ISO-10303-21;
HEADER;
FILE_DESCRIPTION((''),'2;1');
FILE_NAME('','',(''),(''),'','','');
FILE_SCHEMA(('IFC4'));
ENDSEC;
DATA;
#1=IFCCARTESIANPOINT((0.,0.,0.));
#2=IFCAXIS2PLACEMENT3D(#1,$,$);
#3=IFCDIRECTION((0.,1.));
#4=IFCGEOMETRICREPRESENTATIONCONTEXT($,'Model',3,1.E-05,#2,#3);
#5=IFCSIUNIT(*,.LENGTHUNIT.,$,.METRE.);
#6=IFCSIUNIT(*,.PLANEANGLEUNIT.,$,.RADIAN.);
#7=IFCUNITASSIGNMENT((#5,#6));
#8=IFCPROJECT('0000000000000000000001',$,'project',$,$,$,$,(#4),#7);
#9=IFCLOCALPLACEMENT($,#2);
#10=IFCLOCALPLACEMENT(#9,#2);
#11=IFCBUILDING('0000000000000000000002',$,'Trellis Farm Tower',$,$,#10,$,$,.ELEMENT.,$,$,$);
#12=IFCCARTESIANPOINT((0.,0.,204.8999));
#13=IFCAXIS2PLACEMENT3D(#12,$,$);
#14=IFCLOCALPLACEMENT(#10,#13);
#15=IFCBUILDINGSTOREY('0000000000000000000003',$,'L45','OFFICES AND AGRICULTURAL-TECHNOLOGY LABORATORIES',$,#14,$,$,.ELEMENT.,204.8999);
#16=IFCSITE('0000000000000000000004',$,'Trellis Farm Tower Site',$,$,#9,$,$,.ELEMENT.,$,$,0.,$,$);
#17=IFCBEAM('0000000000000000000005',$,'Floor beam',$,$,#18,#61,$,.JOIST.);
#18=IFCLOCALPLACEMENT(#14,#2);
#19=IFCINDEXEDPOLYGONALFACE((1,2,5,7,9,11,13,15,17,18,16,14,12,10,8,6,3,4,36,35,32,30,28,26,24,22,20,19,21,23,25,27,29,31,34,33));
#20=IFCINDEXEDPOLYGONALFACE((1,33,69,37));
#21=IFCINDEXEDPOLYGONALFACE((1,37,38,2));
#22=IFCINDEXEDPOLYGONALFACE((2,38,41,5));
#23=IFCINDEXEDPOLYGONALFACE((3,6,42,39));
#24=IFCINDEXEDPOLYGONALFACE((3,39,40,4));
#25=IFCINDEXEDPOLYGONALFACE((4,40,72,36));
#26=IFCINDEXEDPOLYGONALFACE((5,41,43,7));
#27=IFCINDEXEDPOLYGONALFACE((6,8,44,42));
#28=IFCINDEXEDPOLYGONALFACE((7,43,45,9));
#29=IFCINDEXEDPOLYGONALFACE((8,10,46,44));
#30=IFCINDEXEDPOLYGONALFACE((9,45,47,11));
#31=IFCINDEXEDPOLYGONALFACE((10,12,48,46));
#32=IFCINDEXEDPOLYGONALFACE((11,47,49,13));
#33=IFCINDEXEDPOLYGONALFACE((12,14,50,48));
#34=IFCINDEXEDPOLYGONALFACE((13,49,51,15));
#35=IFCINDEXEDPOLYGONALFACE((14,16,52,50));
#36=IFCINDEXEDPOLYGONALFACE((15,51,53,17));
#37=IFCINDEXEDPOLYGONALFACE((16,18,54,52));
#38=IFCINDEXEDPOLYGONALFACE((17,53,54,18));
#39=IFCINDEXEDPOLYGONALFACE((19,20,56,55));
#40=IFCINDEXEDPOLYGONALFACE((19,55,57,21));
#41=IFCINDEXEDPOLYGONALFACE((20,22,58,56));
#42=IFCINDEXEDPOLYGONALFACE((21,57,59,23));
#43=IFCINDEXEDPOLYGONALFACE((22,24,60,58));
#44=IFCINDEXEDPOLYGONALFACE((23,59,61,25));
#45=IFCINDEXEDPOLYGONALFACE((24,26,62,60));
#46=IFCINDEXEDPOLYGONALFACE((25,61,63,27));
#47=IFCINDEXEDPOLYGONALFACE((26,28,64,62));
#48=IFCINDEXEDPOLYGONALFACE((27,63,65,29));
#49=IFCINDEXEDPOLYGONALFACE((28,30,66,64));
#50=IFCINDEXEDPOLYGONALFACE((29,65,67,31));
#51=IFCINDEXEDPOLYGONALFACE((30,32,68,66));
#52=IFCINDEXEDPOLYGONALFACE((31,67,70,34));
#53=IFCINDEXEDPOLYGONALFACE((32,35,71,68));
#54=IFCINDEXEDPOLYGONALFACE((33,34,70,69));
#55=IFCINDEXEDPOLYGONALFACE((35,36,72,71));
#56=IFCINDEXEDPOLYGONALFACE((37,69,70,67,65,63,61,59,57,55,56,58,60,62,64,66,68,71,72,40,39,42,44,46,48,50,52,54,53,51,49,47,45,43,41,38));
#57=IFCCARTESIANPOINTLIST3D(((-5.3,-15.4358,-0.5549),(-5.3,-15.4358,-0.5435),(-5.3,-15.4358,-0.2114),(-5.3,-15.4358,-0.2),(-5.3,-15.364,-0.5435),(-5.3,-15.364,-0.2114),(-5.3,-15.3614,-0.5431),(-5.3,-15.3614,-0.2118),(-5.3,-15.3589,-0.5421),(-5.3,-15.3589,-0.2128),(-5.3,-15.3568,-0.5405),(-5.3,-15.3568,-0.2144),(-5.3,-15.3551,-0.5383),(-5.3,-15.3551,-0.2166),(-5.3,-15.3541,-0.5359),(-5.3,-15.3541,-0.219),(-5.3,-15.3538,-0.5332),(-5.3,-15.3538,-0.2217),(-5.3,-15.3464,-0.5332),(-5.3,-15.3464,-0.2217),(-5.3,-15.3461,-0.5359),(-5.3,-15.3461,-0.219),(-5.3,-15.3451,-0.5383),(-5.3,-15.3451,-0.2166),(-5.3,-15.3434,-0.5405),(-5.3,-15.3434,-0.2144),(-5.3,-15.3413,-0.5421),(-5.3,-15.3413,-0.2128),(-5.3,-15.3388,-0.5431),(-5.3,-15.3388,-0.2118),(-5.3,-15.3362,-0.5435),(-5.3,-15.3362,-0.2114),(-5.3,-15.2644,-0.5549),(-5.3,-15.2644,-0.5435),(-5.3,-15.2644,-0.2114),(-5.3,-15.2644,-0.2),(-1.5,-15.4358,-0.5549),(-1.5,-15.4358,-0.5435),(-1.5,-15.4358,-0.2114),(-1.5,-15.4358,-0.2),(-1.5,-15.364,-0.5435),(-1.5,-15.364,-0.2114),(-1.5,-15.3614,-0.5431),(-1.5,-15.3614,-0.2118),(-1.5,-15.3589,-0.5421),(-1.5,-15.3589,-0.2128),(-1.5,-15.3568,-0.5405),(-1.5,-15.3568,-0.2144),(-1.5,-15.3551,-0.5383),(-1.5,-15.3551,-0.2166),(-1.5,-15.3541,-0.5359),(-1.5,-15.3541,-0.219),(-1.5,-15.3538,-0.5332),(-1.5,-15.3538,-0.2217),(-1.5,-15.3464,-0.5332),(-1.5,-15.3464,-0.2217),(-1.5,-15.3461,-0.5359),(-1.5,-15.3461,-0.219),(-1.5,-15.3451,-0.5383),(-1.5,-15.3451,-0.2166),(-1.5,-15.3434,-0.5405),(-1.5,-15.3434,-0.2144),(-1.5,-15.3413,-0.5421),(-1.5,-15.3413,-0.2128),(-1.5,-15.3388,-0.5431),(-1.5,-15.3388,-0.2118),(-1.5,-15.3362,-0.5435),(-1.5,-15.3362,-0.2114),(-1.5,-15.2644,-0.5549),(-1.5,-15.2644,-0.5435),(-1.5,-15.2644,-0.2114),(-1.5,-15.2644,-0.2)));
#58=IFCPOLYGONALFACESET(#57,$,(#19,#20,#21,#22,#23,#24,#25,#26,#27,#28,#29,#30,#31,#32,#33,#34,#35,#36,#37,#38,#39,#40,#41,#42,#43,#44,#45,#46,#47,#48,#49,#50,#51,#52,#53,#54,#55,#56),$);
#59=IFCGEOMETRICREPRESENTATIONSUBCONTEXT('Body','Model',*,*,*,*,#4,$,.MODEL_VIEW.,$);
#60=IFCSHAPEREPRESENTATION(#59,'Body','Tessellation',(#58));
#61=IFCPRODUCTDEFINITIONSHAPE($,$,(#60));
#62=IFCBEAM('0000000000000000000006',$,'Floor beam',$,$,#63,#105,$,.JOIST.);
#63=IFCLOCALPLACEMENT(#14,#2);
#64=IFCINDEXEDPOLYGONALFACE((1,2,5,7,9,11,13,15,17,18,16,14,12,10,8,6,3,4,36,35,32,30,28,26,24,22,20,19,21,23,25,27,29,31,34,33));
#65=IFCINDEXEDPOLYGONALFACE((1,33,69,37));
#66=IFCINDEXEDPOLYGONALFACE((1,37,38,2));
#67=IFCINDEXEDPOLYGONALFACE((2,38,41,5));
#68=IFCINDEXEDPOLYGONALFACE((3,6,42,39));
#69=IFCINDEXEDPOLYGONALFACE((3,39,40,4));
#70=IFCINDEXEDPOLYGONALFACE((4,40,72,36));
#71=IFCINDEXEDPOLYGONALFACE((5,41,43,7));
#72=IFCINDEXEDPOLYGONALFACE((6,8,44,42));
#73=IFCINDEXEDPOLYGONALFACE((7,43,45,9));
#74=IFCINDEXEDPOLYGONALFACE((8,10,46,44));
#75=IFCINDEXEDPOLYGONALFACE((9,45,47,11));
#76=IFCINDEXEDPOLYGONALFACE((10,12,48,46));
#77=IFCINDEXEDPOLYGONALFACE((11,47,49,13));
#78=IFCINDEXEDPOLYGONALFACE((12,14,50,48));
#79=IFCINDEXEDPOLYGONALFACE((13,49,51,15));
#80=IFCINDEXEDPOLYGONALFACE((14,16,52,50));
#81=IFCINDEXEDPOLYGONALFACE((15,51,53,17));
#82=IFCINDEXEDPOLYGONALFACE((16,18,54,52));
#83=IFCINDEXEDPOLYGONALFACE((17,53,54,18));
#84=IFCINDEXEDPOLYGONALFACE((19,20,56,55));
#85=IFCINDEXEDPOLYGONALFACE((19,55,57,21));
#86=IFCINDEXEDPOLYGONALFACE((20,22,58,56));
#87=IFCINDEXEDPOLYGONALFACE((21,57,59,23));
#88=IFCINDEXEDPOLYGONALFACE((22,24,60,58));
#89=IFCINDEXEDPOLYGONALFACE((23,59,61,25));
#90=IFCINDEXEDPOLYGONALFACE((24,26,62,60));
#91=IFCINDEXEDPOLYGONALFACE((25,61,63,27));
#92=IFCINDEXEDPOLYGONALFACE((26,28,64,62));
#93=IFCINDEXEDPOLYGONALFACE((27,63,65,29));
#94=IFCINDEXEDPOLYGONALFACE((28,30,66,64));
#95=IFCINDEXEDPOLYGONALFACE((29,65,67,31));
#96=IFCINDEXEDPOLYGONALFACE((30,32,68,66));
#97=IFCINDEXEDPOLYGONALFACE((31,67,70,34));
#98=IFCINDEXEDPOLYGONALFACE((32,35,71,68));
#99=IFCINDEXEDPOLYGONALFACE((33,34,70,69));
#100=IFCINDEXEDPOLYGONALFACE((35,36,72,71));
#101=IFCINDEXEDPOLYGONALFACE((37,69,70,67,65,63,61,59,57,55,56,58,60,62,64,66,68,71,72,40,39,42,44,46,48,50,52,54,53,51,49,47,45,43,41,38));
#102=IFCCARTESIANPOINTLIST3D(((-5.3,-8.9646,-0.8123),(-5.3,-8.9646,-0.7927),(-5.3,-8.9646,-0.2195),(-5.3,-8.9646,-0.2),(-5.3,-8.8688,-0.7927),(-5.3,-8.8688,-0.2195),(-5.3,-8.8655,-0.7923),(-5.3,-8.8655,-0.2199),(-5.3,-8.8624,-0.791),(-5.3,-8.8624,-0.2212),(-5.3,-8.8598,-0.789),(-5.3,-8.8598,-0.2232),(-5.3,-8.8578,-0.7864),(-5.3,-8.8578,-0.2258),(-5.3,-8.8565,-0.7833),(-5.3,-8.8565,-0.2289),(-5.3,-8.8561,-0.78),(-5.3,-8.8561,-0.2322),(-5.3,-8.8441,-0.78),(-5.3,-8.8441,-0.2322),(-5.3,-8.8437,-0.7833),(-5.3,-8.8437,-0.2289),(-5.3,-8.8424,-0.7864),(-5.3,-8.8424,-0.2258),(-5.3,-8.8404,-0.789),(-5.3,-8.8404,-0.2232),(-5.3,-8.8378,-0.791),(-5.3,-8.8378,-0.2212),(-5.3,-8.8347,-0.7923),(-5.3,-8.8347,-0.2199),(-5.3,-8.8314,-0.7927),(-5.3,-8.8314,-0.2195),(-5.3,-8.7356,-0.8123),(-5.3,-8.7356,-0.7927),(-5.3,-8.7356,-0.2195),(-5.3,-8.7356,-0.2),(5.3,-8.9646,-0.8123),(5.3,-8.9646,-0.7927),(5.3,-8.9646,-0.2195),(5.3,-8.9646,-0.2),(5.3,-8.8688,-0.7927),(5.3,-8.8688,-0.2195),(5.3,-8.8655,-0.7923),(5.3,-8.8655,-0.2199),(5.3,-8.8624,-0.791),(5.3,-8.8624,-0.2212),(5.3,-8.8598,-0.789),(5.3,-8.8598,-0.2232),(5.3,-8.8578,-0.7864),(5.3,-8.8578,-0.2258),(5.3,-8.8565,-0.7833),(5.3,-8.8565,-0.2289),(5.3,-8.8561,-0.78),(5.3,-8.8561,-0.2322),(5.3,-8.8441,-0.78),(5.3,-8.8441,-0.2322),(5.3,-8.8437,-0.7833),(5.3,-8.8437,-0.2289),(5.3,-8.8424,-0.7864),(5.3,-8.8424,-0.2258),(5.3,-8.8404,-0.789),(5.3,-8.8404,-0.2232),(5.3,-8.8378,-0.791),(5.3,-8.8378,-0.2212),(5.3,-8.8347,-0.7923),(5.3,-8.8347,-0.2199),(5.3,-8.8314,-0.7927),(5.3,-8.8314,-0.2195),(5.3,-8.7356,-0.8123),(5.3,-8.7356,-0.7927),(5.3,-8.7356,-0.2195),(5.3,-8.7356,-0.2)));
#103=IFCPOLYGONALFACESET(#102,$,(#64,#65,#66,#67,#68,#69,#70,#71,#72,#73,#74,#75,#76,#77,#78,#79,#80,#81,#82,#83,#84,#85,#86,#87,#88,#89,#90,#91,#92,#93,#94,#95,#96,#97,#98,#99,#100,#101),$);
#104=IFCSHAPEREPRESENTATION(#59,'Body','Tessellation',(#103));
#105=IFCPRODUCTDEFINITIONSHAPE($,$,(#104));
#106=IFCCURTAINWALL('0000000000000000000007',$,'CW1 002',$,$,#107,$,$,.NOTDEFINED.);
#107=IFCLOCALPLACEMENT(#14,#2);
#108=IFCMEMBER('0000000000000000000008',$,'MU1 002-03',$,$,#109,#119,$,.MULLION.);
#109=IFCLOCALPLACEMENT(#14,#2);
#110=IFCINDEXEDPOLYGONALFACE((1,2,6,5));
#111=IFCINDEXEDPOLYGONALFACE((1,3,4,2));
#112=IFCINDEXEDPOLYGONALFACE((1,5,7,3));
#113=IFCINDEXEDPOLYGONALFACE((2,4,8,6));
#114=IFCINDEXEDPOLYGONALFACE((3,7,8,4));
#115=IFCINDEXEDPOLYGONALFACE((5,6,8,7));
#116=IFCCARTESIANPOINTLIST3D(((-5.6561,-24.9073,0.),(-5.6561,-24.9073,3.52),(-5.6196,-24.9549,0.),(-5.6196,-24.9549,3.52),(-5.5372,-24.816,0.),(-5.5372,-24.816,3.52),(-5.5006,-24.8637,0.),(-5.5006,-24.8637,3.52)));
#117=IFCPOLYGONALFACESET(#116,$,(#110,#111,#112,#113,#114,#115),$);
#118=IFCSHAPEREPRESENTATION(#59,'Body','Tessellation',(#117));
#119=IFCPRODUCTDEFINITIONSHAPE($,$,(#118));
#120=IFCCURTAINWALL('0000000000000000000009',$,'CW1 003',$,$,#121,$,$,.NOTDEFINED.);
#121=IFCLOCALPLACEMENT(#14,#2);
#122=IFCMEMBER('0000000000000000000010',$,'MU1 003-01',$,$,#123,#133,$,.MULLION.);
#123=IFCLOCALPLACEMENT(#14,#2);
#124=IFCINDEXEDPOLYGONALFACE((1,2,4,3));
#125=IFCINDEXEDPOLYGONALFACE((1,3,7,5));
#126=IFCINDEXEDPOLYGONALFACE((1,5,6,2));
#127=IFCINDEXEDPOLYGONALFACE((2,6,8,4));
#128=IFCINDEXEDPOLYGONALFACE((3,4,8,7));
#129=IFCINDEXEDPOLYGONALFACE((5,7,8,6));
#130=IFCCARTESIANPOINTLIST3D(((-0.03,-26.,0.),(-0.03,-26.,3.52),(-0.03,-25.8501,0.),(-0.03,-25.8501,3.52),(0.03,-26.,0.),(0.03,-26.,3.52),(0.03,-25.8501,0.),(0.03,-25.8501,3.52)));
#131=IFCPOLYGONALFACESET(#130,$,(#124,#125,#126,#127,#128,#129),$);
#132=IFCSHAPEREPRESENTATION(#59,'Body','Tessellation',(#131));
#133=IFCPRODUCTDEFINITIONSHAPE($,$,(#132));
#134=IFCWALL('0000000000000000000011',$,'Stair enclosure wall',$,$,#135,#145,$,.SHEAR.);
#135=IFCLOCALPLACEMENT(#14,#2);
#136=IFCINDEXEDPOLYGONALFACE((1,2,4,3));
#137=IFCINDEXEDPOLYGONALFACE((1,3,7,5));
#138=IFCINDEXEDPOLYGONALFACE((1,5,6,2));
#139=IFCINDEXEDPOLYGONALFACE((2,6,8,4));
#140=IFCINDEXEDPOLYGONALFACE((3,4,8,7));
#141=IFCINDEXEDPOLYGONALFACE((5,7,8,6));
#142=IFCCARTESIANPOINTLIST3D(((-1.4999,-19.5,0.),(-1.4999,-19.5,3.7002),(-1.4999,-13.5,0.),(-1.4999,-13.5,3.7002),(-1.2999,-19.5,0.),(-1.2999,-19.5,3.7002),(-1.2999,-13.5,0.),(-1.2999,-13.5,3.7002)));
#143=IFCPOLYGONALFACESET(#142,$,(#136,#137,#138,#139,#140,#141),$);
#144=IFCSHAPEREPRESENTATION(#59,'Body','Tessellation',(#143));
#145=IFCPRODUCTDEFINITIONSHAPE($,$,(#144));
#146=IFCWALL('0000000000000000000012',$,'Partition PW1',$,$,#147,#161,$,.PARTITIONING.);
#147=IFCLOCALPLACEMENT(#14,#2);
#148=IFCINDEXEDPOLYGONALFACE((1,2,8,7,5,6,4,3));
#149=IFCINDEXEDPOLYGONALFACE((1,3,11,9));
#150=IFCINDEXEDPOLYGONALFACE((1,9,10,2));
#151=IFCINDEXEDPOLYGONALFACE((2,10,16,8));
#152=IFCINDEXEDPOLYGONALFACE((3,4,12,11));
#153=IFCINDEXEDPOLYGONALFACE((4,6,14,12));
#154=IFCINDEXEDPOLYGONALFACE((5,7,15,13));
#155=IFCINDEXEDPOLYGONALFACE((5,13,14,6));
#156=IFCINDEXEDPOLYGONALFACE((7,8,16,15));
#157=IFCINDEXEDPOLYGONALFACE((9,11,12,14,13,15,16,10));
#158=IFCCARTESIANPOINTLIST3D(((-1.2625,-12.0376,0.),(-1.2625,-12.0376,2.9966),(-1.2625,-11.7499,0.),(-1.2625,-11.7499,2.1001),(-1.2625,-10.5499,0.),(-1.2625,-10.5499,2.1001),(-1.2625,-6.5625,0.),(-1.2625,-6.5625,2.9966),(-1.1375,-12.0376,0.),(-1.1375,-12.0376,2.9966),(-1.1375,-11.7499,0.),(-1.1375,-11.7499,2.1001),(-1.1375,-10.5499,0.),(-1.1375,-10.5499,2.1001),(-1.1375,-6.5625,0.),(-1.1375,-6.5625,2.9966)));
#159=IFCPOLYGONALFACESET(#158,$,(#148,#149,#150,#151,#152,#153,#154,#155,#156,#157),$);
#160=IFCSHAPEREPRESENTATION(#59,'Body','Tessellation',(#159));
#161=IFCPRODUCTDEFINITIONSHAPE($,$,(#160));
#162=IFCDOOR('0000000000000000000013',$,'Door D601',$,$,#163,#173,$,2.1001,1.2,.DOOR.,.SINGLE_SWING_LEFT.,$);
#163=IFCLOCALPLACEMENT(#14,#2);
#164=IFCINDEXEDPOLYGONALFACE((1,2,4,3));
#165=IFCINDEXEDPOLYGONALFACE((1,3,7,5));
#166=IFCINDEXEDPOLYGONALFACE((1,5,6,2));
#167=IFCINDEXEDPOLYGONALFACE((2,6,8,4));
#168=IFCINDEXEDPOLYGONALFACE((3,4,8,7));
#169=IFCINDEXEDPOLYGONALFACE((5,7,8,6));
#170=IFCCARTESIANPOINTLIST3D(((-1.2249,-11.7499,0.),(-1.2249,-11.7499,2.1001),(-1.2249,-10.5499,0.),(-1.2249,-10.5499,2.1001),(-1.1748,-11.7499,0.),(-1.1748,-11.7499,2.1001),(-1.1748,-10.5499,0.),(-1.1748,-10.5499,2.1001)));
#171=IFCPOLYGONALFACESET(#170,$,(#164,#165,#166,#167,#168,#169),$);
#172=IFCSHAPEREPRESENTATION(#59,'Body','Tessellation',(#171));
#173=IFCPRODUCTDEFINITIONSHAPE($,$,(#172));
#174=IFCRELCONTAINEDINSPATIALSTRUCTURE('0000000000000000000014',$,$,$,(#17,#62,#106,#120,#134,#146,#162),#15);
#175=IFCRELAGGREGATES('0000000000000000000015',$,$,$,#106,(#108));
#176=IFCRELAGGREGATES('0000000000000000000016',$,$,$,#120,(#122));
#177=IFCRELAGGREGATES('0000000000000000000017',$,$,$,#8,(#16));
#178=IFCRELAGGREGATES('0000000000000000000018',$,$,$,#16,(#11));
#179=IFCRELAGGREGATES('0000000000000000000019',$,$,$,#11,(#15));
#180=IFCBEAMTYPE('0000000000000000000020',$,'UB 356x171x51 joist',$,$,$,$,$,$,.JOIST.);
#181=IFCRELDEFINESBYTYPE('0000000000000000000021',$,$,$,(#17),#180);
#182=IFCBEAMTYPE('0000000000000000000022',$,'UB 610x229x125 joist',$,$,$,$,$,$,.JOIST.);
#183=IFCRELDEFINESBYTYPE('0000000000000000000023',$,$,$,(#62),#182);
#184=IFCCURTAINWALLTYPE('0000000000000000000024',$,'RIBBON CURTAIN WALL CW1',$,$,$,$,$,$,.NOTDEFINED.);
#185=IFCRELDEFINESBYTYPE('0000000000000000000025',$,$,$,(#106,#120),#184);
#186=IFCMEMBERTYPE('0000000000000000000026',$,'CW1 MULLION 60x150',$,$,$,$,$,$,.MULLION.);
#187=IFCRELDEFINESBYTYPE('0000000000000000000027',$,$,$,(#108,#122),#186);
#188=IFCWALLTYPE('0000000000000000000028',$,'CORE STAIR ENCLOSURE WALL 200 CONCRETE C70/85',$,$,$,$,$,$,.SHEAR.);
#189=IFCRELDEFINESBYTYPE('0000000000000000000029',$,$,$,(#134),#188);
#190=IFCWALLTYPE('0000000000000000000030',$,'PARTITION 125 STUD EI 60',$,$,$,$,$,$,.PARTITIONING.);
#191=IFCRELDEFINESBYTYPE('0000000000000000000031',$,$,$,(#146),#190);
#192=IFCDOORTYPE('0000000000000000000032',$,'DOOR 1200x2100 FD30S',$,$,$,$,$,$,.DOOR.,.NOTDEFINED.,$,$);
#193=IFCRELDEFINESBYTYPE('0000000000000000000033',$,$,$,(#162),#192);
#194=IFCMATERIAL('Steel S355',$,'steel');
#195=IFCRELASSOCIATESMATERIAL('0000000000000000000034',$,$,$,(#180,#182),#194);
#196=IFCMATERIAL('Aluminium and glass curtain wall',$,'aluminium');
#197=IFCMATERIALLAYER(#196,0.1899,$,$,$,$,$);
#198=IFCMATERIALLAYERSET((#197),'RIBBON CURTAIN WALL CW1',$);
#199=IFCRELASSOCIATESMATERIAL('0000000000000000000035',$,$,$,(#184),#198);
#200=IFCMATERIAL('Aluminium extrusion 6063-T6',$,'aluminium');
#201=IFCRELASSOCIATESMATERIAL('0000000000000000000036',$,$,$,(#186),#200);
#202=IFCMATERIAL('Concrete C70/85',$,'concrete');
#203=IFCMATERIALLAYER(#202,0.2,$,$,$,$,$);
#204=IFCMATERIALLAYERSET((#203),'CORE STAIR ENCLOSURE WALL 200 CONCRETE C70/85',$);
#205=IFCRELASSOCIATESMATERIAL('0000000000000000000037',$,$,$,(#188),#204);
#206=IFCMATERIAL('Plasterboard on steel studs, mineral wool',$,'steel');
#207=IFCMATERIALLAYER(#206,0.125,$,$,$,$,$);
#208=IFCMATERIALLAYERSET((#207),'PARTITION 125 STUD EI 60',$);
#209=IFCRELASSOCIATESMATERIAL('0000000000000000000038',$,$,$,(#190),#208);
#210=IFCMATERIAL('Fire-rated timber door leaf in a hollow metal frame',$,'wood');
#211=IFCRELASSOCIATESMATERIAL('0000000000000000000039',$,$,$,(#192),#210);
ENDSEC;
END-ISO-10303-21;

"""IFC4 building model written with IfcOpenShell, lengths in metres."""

from ifc_helpers import new_model, si_unit, direction, frame, frame_2d, origin, origin_2d, place, context, subcontext, project, spatial, rectangle, i_section, extrude, source, transform, mapped, material, layer, layer_set, material_profile, profile_set, type_object, element, fill, aggregate, save


model = new_model("IFC4")

# Units and contexts
model_context = context("Model", 3, precision=1e-05, world=origin(), true_north=direction((0.0, 1.0)))
body_context = subcontext(model_context, "Body", "Model", "MODEL_VIEW")
ifc_project = project(units=[si_unit("LENGTHUNIT", "METRE"), si_unit("PLANEANGLEUNIT", "RADIAN")], contexts=[model_context])

# Site, building, storey
site_placement = place(None, origin())
site = spatial("IfcSite", under=ifc_project, at=site_placement, Name="Trellis Farm Tower Site", CompositionType="ELEMENT", RefElevation=0.0)
building_placement = place(site_placement, origin())
building = spatial("IfcBuilding", under=site, at=building_placement, Name="Trellis Farm Tower", CompositionType="ELEMENT")
storey_placement = place(building_placement, frame((0.0, 0.0, 204.8999)))
storey = spatial("IfcBuildingStorey", under=building, at=storey_placement, Name="L45", Description="OFFICES AND AGRICULTURAL-TECHNOLOGY LABORATORIES", CompositionType="ELEMENT", Elevation=204.8999)

# Shared definitions
ifc_material_1 = material(Name="Concrete C70/85", Category="concrete")

# Beams
ifc_material_2 = material(Name="Steel S355", Category="steel")
ifc_material_profile_1 = material_profile(ifc_material_2, i_section(OverallWidth=0.1714, OverallDepth=0.355, WebThickness=0.0073, FlangeThickness=0.0115, FilletRadius=0.0103, at=origin_2d()), Name="UB 356x171x51")
ifc_profile_set_1 = profile_set([ifc_material_profile_1], Name="Steel S355")
beam_type_1 = type_object("IfcBeamType", Name="UB 356x171x51 joist", PredefinedType="JOIST", material=ifc_profile_set_1)
shared_shape_1 = source(origin(), body_context, "Body", "SweptSolid", [
    extrude(i_section(OverallWidth=0.1714, OverallDepth=0.355, WebThickness=0.0073, FlangeThickness=0.0115, FilletRadius=0.0103, at=origin_2d()), origin(), (0.0, 0.0, 1.0), 3.8),
])
beam_1_placement = place(storey_placement, frame((-5.3, -15.3501, -0.3774), z_axis=(1.0, 0.0, 0.0), x_axis=(0.0, 1.0, 0.0)))
element("IfcBeam", 1, at=beam_1_placement, inside=storey, type_object=beam_type_1, Name="Floor beam", PredefinedType="JOIST", context=body_context, shape_type="MappedRepresentation", body=[
    mapped(shared_shape_1, transform((0.0, 0.0, 0.0))),
])
ifc_material_profile_2 = material_profile(ifc_material_2, i_section(OverallWidth=0.229, OverallDepth=0.6123, WebThickness=0.012, FlangeThickness=0.0195, FilletRadius=0.0127, at=origin_2d()), Name="UB 610x229x125")
ifc_profile_set_2 = profile_set([ifc_material_profile_2], Name="Steel S355")
beam_type_2 = type_object("IfcBeamType", Name="UB 610x229x125 joist", PredefinedType="JOIST", material=ifc_profile_set_2)
shared_shape_2 = source(origin(), body_context, "Body", "SweptSolid", [
    extrude(i_section(OverallWidth=0.229, OverallDepth=0.6123, WebThickness=0.012, FlangeThickness=0.0195, FilletRadius=0.0127, at=origin_2d()), origin(), (0.0, 0.0, 1.0), 10.6001),
])
beam_2_placement = place(storey_placement, frame((-5.3, -8.8501, -0.5061), z_axis=(1.0, 0.0, 0.0), x_axis=(0.0, 1.0, 0.0)))
element("IfcBeam", 2, at=beam_2_placement, inside=storey, type_object=beam_type_2, Name="Floor beam", PredefinedType="JOIST", context=body_context, shape_type="MappedRepresentation", body=[
    mapped(shared_shape_2, transform((0.0, 0.0, 0.0))),
])

# Curtain walls, members
ifc_material_3 = material(Name="Aluminium and glass curtain wall", Category="aluminium")
ifc_layer_1 = layer(ifc_material_3, 0.1899)
ifc_layer_set_1 = layer_set([ifc_layer_1], Name="RIBBON CURTAIN WALL CW1")
curtain_wall_type = type_object("IfcCurtainWallType", Name="RIBBON CURTAIN WALL CW1", PredefinedType="NOTDEFINED", material=ifc_layer_set_1)
placement = place(storey_placement, origin())
curtain_wall_1 = element("IfcCurtainWall", 3, at=placement, inside=storey, type_object=curtain_wall_type, Name="CW1 002", PredefinedType="NOTDEFINED")
ifc_material_4 = material(Name="Aluminium extrusion 6063-T6", Category="aluminium")
ifc_material_profile_3 = material_profile(ifc_material_4, rectangle(XDim=0.0601, YDim=0.1499, at=origin_2d()), Name="MULLION 60x150")
ifc_profile_set_3 = profile_set([ifc_material_profile_3], Name="Aluminium extrusion 6063-T6")
member_type = type_object("IfcMemberType", Name="CW1 MULLION 60x150", PredefinedType="MULLION", material=ifc_profile_set_3)
shared_shape_3 = source(origin(), body_context, "Body", "SweptSolid", [
    extrude(rectangle(XDim=0.0601, YDim=0.1499, at=origin_2d()), origin(), (0.0, 0.0, 1.0), 3.52),
])
member_1_placement = place(storey_placement, frame((-5.5784, -24.8855, 0.0), z_axis=(0.0, 0.0, 1.0), x_axis=(0.608761, -0.793353, 0.0)))
member_1 = element("IfcMember", 4, at=member_1_placement, type_object=member_type, Name="MU1 002-03", PredefinedType="MULLION", context=body_context, shape_type="MappedRepresentation", body=[
    mapped(shared_shape_3, transform((0.0, 0.0, 0.0))),
])
aggregate(curtain_wall_1, [member_1])
curtain_wall_2 = element("IfcCurtainWall", 5, at=placement, inside=storey, type_object=curtain_wall_type, Name="CW1 003", PredefinedType="NOTDEFINED")
member_2_placement = place(storey_placement, frame((0.0, -25.925, 0.0), z_axis=(0.0, 0.0, 1.0), x_axis=(1.0, 0.0, 0.0)))
member_2 = element("IfcMember", 6, at=member_2_placement, type_object=member_type, Name="MU1 003-01", PredefinedType="MULLION", context=body_context, shape_type="MappedRepresentation", body=[
    mapped(shared_shape_3, transform((0.0, 0.0, 0.0))),
])
aggregate(curtain_wall_2, [member_2])

# Wall
ifc_layer_2 = layer(ifc_material_1, 0.2)
ifc_layer_set_2 = layer_set([ifc_layer_2], Name="CORE STAIR ENCLOSURE WALL 200 CONCRETE C70/85")
wall_type_1 = type_object("IfcWallType", Name="CORE STAIR ENCLOSURE WALL 200 CONCRETE C70/85", PredefinedType="SHEAR", material=ifc_layer_set_2)
shared_shape_4 = source(origin(), body_context, "Body", "SweptSolid", [
    extrude(rectangle(XDim=6.0, YDim=0.2, at=frame_2d((3.0, 0.0))), origin(), (0.0, 0.0, 1.0), 3.7002),
])
wall_1_placement = place(storey_placement, frame((-1.3999, -13.5, 0.0), z_axis=(0.0, 0.0, 1.0), x_axis=(0.0, -1.0, 0.0)))
element("IfcWall", 7, at=wall_1_placement, inside=storey, type_object=wall_type_1, Name="Stair enclosure wall", PredefinedType="SHEAR", context=body_context, shape_type="MappedRepresentation", body=[
    mapped(shared_shape_4, transform((0.0, 0.0, 0.0))),
])

# Wall, opening, door
ifc_material_5 = material(Name="Plasterboard on steel studs, mineral wool", Category="steel")
ifc_layer_3 = layer(ifc_material_5, 0.125)
ifc_layer_set_3 = layer_set([ifc_layer_3], Name="PARTITION 125 STUD EI 60")
wall_type_2 = type_object("IfcWallType", Name="PARTITION 125 STUD EI 60", PredefinedType="PARTITIONING", material=ifc_layer_set_3)
shared_shape_5 = source(origin(), body_context, "Body", "SweptSolid", [
    extrude(rectangle(XDim=5.4751, YDim=0.125, at=frame_2d((2.7375, 0.0))), origin(), (0.0, 0.0, 1.0), 2.9966),
])
wall_2_placement = place(storey_placement, frame((-1.2, -12.0376, 0.0), z_axis=(0.0, 0.0, 1.0), x_axis=(0.0, 1.0, 0.0)))
wall_2 = element("IfcWall", 8, at=wall_2_placement, inside=storey, type_object=wall_type_2, Name="Partition PW1", PredefinedType="PARTITIONING", context=body_context, shape_type="MappedRepresentation", body=[
    mapped(shared_shape_5, transform((0.0, 0.0, 0.0))),
])
shared_shape_6 = source(origin(), body_context, "Body", "SweptSolid", [
    extrude(rectangle(XDim=1.2, YDim=2.1001, at=frame_2d((0.6001, 1.05))), frame((0.0, 0.0725, 0.0), z_axis=(0.0, -1.0, 0.0), x_axis=(1.0, 0.0, 0.0)), (0.0, 0.0, 1.0), 0.145),
])
opening_1_placement = place(wall_2_placement, frame((0.2876, 0.0, 0.0)))
opening_1 = element("IfcOpeningElement", 9, at=opening_1_placement, cuts=wall_2, PredefinedType="OPENING", context=body_context, shape_type="MappedRepresentation", body=[
    mapped(shared_shape_6, transform((0.0, 0.0, 0.0))),
])
ifc_material_6 = material(Name="Fire-rated timber door leaf in a hollow metal frame", Category="wood")
door_type_1 = type_object("IfcDoorType", Name="DOOR 1200x2100 FD30S", OperationType="NOTDEFINED", PredefinedType="DOOR", material=ifc_material_6)
shared_shape_7 = source(origin(), body_context, "Body", "SweptSolid", [
    extrude(rectangle(XDim=1.2, YDim=2.1001, at=frame_2d((0.6001, 1.05))), frame((0.0, 0.0249, 0.0), z_axis=(0.0, -1.0, 0.0), x_axis=(1.0, 0.0, 0.0)), (0.0, 0.0, 1.0), 0.05),
])
door_1_placement = place(opening_1_placement, origin())
door_1 = element("IfcDoor", 10, at=door_1_placement, inside=storey, type_object=door_type_1, Name="Door D601", OperationType="SINGLE_SWING_LEFT", OverallHeight=2.1001, OverallWidth=1.2, PredefinedType="DOOR", context=body_context, shape_type="MappedRepresentation", body=[
    mapped(shared_shape_7, transform((0.0, 0.0, 0.0))),
])
fill(opening_1, door_1)

save(model, "model.ifc")
